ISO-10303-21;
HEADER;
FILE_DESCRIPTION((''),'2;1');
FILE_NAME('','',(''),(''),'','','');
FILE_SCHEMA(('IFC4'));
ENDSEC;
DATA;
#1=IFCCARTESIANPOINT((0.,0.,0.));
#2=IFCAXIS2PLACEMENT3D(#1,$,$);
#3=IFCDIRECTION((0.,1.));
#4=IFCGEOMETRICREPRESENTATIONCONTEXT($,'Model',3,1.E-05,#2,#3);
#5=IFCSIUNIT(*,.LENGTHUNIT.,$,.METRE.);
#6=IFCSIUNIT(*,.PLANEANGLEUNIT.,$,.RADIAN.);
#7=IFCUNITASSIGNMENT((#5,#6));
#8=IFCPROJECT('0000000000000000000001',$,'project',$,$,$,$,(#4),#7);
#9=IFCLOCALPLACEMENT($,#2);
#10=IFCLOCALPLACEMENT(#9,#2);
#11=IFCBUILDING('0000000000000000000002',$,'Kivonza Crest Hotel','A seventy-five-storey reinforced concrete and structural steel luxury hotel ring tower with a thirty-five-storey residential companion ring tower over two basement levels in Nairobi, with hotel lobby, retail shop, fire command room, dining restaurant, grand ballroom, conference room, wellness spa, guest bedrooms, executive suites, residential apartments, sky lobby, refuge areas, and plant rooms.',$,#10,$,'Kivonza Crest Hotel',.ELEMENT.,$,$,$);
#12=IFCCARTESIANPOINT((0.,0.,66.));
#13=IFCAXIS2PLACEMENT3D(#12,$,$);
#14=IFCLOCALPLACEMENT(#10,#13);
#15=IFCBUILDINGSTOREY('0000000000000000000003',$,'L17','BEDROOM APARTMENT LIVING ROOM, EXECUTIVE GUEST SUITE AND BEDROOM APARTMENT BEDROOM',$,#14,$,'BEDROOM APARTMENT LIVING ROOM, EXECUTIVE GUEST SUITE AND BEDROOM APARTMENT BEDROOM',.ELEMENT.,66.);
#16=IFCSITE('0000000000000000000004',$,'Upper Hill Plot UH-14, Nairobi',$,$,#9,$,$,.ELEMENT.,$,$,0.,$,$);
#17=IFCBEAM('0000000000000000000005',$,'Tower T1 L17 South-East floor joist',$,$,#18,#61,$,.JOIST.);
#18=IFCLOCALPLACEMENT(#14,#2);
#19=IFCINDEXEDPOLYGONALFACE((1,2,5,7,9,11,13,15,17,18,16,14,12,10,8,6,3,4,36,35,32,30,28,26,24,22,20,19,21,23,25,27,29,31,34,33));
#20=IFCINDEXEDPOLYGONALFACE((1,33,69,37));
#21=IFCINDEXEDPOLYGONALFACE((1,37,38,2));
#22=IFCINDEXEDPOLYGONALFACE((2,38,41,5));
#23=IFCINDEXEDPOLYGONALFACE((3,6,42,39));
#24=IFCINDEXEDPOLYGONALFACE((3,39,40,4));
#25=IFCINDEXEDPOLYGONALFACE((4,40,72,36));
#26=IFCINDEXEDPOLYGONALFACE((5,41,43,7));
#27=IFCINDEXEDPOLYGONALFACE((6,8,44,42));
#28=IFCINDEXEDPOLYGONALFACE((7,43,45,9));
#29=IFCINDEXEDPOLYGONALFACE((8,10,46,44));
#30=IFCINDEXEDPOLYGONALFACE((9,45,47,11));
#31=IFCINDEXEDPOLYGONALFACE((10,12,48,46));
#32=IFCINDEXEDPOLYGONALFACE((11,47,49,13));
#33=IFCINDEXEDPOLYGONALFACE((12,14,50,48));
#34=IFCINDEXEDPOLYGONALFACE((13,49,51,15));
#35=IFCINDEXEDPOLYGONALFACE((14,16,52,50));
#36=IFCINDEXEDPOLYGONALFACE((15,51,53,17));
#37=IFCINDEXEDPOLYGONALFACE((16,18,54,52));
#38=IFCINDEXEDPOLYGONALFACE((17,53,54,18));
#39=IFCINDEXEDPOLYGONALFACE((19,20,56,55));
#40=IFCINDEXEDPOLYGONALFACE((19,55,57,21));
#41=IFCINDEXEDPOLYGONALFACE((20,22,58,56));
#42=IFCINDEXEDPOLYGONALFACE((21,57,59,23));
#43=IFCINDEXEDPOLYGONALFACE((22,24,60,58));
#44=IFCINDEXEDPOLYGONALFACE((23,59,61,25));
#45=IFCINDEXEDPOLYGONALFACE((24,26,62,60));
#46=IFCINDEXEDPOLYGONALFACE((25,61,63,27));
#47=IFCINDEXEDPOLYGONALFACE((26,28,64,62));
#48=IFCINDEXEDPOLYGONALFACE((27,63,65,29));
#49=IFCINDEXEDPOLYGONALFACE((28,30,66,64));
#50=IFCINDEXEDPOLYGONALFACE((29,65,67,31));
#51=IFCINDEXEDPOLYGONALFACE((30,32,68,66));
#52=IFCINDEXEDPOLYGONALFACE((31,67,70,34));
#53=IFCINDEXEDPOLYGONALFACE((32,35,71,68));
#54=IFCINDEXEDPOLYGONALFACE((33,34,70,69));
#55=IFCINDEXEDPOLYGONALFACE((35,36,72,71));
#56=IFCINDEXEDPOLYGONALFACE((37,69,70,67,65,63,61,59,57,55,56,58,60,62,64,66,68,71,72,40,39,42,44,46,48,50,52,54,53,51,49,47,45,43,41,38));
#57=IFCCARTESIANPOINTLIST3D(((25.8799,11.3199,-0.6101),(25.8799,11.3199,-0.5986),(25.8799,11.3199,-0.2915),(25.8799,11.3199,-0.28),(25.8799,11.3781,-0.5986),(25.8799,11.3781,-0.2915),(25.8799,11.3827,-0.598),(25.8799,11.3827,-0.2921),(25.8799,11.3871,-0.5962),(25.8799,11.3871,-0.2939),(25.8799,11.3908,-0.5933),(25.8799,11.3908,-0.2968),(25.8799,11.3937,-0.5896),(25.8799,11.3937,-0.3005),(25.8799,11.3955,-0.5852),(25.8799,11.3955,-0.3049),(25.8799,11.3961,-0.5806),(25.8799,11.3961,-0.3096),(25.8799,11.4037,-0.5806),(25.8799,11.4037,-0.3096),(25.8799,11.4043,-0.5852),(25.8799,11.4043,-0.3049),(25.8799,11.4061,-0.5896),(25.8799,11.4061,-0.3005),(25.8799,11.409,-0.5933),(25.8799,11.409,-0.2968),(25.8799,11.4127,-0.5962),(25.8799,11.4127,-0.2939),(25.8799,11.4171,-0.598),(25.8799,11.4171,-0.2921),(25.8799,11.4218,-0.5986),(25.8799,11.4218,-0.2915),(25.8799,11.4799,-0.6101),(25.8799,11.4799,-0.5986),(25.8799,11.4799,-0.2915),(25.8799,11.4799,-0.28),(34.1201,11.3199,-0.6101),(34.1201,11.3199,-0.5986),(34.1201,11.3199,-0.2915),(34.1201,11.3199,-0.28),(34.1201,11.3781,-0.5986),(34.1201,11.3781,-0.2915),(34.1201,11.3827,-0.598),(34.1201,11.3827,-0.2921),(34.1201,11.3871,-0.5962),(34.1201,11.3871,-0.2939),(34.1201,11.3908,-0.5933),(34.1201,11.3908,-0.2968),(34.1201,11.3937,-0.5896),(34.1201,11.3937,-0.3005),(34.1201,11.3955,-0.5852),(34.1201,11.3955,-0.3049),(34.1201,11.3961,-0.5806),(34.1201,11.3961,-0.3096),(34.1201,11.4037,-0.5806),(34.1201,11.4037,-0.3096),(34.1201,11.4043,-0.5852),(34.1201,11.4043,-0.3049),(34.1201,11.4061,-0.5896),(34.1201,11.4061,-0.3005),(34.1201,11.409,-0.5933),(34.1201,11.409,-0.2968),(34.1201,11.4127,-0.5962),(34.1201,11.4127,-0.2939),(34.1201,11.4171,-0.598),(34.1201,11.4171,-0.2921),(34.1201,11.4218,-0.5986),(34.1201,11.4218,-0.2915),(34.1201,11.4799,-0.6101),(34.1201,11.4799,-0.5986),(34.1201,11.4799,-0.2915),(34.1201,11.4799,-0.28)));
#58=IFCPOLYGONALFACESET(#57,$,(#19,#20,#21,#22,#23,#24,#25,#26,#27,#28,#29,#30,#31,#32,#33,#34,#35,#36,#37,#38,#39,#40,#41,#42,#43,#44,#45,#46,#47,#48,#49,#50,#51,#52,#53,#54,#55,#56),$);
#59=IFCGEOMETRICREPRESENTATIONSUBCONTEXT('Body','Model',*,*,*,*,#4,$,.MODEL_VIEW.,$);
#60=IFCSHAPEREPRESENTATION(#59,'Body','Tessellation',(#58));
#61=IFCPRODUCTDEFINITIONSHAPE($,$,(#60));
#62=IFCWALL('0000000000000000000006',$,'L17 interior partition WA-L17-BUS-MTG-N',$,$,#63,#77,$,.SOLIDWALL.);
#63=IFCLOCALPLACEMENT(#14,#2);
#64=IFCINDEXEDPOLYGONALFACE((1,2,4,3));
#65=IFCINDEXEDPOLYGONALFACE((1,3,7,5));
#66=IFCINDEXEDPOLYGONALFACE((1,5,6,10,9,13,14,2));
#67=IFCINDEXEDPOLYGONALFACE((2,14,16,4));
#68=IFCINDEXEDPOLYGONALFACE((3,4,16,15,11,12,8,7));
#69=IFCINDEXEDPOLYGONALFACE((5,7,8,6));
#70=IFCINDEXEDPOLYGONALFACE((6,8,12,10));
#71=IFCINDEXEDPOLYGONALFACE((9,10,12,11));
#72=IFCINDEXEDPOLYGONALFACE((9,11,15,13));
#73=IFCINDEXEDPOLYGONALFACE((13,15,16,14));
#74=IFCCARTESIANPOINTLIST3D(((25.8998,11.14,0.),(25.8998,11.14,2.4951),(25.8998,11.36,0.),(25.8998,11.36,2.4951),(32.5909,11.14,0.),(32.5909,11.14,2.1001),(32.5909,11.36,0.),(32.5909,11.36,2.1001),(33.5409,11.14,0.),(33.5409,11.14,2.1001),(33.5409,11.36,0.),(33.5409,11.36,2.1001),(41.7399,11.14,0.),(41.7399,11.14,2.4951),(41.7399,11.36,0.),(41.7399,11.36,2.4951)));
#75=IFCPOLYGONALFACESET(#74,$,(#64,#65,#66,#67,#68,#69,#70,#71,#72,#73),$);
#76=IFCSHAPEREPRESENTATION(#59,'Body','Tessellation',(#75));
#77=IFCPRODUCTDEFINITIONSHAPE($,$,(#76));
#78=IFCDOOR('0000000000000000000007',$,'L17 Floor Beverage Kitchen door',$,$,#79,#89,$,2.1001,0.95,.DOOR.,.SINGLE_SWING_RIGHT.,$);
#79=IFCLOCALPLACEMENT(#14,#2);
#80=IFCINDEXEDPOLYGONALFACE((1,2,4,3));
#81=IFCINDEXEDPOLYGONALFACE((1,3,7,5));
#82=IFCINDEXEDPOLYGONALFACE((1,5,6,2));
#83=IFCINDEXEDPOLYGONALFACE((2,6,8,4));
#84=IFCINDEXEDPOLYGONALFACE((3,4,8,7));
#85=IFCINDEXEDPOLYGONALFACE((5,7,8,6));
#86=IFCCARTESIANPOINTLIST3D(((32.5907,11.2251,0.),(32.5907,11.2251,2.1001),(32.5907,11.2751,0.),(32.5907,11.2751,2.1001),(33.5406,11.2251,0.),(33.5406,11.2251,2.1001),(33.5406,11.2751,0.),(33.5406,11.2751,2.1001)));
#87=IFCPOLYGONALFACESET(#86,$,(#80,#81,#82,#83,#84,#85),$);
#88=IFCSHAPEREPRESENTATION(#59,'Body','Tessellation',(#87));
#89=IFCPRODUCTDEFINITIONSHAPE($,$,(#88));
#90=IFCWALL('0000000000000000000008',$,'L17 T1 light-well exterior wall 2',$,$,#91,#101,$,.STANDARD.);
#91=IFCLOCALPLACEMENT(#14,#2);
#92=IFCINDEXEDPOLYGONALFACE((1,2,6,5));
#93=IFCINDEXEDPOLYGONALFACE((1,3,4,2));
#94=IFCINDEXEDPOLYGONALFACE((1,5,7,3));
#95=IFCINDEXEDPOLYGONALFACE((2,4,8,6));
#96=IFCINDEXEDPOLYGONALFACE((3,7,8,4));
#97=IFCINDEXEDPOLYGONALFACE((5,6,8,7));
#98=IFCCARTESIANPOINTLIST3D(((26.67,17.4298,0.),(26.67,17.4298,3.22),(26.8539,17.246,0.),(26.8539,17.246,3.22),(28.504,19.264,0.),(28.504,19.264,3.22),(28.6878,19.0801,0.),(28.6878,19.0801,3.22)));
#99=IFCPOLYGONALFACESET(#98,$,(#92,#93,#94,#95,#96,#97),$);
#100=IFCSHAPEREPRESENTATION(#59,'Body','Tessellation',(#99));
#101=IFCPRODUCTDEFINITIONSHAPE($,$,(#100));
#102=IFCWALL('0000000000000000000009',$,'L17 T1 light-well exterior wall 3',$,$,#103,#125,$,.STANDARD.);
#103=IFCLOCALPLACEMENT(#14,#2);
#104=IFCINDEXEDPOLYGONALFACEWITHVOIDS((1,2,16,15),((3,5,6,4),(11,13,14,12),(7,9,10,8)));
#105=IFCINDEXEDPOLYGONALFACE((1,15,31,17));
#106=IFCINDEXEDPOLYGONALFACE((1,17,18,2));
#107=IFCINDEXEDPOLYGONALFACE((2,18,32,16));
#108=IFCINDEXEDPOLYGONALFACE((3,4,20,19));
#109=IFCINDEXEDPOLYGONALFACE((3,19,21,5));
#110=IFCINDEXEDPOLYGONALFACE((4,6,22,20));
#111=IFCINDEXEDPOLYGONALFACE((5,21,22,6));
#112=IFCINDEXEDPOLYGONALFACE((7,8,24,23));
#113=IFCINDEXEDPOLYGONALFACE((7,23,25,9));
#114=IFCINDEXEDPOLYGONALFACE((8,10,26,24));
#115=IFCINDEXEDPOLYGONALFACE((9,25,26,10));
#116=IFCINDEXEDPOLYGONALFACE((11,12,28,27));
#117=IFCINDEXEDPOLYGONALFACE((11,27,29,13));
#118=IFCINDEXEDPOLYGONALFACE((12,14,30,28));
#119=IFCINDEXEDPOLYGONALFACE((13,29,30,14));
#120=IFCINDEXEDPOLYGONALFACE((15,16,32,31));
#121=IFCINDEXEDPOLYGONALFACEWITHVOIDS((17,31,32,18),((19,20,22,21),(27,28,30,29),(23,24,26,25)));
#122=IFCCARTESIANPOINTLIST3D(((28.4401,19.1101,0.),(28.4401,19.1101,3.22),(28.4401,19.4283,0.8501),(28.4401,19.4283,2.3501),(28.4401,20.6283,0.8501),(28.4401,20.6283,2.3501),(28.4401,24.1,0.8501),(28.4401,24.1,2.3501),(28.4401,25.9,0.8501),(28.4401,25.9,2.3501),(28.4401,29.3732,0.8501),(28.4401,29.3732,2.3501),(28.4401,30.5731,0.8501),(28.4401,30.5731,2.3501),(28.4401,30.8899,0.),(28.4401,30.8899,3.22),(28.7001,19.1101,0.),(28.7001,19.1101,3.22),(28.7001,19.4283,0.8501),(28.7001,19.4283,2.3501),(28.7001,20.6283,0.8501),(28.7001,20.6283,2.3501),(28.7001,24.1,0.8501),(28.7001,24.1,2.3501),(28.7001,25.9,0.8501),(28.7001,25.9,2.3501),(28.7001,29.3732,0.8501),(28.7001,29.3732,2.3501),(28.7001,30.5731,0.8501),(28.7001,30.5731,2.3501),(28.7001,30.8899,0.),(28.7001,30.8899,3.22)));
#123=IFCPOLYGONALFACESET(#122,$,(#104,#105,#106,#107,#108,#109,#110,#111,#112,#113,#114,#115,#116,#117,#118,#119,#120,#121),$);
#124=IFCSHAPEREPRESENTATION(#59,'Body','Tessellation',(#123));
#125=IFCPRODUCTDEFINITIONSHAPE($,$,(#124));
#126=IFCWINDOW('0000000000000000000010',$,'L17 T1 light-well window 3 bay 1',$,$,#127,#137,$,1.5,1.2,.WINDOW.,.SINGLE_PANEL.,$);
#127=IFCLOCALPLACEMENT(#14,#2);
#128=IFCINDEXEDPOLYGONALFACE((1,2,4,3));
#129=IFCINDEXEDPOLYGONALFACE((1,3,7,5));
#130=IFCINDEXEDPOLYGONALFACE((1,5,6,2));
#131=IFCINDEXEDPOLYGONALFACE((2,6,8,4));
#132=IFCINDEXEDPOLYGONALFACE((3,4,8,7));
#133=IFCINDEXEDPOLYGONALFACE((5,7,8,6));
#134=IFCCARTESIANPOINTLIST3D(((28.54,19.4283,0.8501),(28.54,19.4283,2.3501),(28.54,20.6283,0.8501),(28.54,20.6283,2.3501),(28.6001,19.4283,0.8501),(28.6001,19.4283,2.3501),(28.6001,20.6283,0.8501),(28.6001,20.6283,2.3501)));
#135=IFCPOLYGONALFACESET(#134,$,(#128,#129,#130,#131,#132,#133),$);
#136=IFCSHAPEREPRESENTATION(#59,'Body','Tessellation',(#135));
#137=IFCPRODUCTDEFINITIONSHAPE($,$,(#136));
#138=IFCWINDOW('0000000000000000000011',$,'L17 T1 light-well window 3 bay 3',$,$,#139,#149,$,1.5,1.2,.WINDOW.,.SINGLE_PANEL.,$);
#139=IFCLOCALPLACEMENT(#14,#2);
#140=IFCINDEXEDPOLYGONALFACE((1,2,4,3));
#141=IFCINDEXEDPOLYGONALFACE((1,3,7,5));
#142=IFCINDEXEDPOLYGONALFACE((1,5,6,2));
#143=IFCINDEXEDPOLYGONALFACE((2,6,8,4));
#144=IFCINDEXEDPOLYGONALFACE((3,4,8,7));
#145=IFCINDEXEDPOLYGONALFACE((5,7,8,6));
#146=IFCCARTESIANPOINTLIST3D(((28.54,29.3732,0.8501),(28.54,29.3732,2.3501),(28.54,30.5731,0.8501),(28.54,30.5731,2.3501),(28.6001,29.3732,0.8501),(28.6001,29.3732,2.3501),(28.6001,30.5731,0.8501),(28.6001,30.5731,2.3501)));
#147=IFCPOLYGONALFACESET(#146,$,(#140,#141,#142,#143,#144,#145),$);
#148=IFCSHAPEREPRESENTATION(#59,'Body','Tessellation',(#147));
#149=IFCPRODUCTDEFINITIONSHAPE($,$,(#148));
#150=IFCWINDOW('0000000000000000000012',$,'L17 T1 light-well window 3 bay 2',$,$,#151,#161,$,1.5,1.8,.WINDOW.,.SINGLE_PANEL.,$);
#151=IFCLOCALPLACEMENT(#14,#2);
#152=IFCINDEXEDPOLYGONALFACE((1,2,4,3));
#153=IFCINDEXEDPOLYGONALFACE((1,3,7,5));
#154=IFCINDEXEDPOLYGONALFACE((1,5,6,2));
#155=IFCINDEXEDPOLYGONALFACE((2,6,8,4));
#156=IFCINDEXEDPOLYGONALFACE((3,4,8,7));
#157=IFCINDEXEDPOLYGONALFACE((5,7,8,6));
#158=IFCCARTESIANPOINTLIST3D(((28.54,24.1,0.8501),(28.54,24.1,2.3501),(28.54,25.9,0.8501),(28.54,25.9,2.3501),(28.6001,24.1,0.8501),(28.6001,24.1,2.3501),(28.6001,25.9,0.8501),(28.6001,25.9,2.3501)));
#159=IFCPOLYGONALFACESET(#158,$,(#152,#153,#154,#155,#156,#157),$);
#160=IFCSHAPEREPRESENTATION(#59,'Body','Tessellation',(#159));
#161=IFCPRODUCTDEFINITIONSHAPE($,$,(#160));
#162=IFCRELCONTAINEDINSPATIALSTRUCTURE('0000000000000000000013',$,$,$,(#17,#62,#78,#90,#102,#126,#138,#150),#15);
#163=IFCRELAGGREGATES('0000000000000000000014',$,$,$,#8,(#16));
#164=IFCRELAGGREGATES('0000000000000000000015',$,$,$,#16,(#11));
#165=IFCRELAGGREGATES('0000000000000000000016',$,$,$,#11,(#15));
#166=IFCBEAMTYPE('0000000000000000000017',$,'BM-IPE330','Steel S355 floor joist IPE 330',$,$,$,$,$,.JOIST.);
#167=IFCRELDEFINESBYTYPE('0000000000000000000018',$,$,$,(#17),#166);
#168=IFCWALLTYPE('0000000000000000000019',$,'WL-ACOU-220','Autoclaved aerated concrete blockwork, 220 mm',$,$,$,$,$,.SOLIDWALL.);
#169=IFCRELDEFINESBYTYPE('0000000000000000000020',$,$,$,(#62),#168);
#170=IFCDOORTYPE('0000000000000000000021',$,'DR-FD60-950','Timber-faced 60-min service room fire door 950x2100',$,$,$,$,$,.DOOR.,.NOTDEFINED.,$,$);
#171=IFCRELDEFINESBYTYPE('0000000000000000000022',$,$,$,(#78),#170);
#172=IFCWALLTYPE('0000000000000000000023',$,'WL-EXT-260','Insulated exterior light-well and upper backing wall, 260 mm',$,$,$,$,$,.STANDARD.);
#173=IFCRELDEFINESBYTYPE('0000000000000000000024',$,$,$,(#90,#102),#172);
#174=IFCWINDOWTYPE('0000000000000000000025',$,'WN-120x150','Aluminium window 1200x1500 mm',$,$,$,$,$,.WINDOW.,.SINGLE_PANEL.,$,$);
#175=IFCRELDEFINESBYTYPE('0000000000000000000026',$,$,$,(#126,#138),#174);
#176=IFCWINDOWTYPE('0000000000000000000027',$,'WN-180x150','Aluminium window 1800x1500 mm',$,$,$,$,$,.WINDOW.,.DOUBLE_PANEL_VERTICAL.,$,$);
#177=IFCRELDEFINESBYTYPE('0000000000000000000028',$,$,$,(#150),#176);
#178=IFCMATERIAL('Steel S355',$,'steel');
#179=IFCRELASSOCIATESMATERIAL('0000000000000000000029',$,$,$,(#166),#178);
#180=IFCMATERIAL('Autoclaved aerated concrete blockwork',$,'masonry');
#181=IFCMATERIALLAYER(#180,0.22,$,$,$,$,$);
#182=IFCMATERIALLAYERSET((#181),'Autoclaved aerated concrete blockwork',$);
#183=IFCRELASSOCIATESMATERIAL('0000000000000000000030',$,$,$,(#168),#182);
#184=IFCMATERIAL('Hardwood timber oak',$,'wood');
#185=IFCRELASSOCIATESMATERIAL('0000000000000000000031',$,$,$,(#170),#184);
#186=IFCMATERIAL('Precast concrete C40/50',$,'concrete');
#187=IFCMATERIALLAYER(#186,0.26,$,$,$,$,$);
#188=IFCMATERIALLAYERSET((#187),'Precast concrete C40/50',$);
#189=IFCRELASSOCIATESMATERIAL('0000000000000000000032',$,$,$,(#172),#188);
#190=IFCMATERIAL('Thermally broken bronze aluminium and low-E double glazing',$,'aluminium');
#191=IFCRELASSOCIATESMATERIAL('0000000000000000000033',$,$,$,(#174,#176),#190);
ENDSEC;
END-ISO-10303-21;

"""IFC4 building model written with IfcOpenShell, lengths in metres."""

from ifc_helpers import new_model, si_unit, direction, frame, frame_2d, origin, origin_2d, place, context, subcontext, project, spatial, rectangle, i_section, extrude, material, layer, layer_set, material_profile, profile_set, type_object, element, fill, save


model = new_model("IFC4")

# Units and contexts
model_context = context("Model", 3, precision=1e-05, world=origin(), true_north=direction((0.0, 1.0)))
body_context = subcontext(model_context, "Body", "Model", "MODEL_VIEW")
ifc_project = project(units=[si_unit("LENGTHUNIT", "METRE"), si_unit("PLANEANGLEUNIT", "RADIAN")], contexts=[model_context])

# Site, building, storey
site_placement = place(None, origin())
site = spatial("IfcSite", under=ifc_project, at=site_placement, Name="Upper Hill Plot UH-14, Nairobi", CompositionType="ELEMENT", RefElevation=0.0)
building_placement = place(site_placement, origin())
building = spatial("IfcBuilding", under=site, at=building_placement, Name="Kivonza Crest Hotel", Description="A seventy-five-storey reinforced concrete and structural steel luxury hotel ring tower with a thirty-five-storey residential companion ring tower over two basement levels in Nairobi, with hotel lobby, retail shop, fire command room, dining restaurant, grand ballroom, conference room, wellness spa, guest bedrooms, executive suites, residential apartments, sky lobby, refuge areas, and plant rooms.", LongName="Kivonza Crest Hotel", CompositionType="ELEMENT")
storey_placement = place(building_placement, frame((0.0, 0.0, 66.0)))
storey = spatial("IfcBuildingStorey", under=building, at=storey_placement, Name="L17", Description="BEDROOM APARTMENT LIVING ROOM, EXECUTIVE GUEST SUITE AND BEDROOM APARTMENT BEDROOM", LongName="BEDROOM APARTMENT LIVING ROOM, EXECUTIVE GUEST SUITE AND BEDROOM APARTMENT BEDROOM", CompositionType="ELEMENT", Elevation=66.0)

# Beam
ifc_material_1 = material(Name="Steel S355", Category="steel")
ifc_material_profile_1 = material_profile(ifc_material_1, i_section(OverallWidth=0.1599, OverallDepth=0.3301, WebThickness=0.0076, FlangeThickness=0.0115, FilletRadius=0.0181, at=origin_2d()), Name="IPE 330")
ifc_profile_set_1 = profile_set([ifc_material_profile_1], Name="Steel S355")
beam_type_1 = type_object("IfcBeamType", Name="BM-IPE330", Description="Steel S355 floor joist IPE 330", PredefinedType="JOIST", material=ifc_profile_set_1)
beam_1_placement = place(storey_placement, frame((25.8799, 11.3999, -0.4451), z_axis=(1.0, 0.0, 0.0), x_axis=(0.0, 1.0, 0.0)))
element("IfcBeam", 1, at=beam_1_placement, inside=storey, type_object=beam_type_1, Name="Tower T1 L17 South-East floor joist", PredefinedType="JOIST", context=body_context, shape_type="SweptSolid", body=[
    extrude(i_section(OverallWidth=0.1599, OverallDepth=0.3301, WebThickness=0.0076, FlangeThickness=0.0115, FilletRadius=0.0181, at=origin_2d()), origin(), (0.0, 0.0, 1.0), 8.2402),
])

# Wall, opening, door
ifc_material_2 = material(Name="Autoclaved aerated concrete blockwork", Category="masonry")
ifc_layer_1 = layer(ifc_material_2, 0.22)
ifc_layer_set_1 = layer_set([ifc_layer_1], Name="Autoclaved aerated concrete blockwork")
wall_type_1 = type_object("IfcWallType", Name="WL-ACOU-220", Description="Autoclaved aerated concrete blockwork, 220 mm", PredefinedType="SOLIDWALL", material=ifc_layer_set_1)
wall_1_placement = place(storey_placement, frame((25.8999, 11.25, 0.0), z_axis=(0.0, 0.0, 1.0), x_axis=(1.0, 0.0, 0.0)))
wall_1 = element("IfcWall", 2, at=wall_1_placement, inside=storey, type_object=wall_type_1, Name="L17 interior partition WA-L17-BUS-MTG-N", PredefinedType="SOLIDWALL", context=body_context, shape_type="SweptSolid", body=[
    extrude(rectangle(XDim=15.8401, YDim=0.22, at=frame_2d((7.9199, 0.0))), origin(), (0.0, 0.0, 1.0), 2.4951),
])
opening_1_placement = place(wall_1_placement, frame((6.6909, 0.0, 0.0)))
opening_1 = element("IfcOpeningElement", 3, at=opening_1_placement, cuts=wall_1, PredefinedType="OPENING", context=body_context, shape_type="SweptSolid", body=[
    extrude(rectangle(XDim=0.95, YDim=2.1001, at=frame_2d((0.4751, 1.05))), frame((0.0, 0.1201, 0.0), z_axis=(0.0, -1.0, 0.0), x_axis=(1.0, 0.0, 0.0)), (0.0, 0.0, 1.0), 0.24),
])
ifc_material_3 = material(Name="Hardwood timber oak", Category="wood")
door_type_1 = type_object("IfcDoorType", Name="DR-FD60-950", Description="Timber-faced 60-min service room fire door 950x2100", OperationType="NOTDEFINED", PredefinedType="DOOR", material=ifc_material_3)
door_1_placement = place(opening_1_placement, frame((0.95, 0.0, 0.0), z_axis=(0.0, 0.0, 1.0), x_axis=(-1.0, 0.0, 0.0)))
door_1 = element("IfcDoor", 4, at=door_1_placement, inside=storey, type_object=door_type_1, Name="L17 Floor Beverage Kitchen door", OperationType="SINGLE_SWING_RIGHT", OverallHeight=2.1001, OverallWidth=0.95, PredefinedType="DOOR", context=body_context, shape_type="SweptSolid", body=[
    extrude(rectangle(XDim=0.95, YDim=2.1001, at=frame_2d((0.4751, 1.05))), frame((0.0, 0.0249, 0.0), z_axis=(0.0, -1.0, 0.0), x_axis=(1.0, 0.0, 0.0)), (0.0, 0.0, 1.0), 0.05),
])
fill(opening_1, door_1)

# Wall
ifc_material_4 = material(Name="Precast concrete C40/50", Category="concrete")
ifc_layer_2 = layer(ifc_material_4, 0.26)
ifc_layer_set_2 = layer_set([ifc_layer_2], Name="Precast concrete C40/50")
wall_type_2 = type_object("IfcWallType", Name="WL-EXT-260", Description="Insulated exterior light-well and upper backing wall, 260 mm", PredefinedType="STANDARD", material=ifc_layer_set_2)
wall_2_placement = place(storey_placement, frame((26.762, 17.3379, 0.0), z_axis=(0.0, 0.0, 1.0), x_axis=(0.70706, 0.707154, 0.0)))
element("IfcWall", 5, at=wall_2_placement, inside=storey, type_object=wall_type_2, Name="L17 T1 light-well exterior wall 2", PredefinedType="STANDARD", context=body_context, shape_type="SweptSolid", body=[
    extrude(rectangle(XDim=2.5938, YDim=0.26, at=frame_2d((1.2969, 0.0))), origin(), (0.0, 0.0, 1.0), 3.22),
])

# Wall, openings, windows
wall_3_placement = place(storey_placement, frame((28.5701, 19.1101, 0.0), z_axis=(0.0, 0.0, 1.0), x_axis=(0.0, 1.0, 0.0)))
wall_3 = element("IfcWall", 6, at=wall_3_placement, inside=storey, type_object=wall_type_2, Name="L17 T1 light-well exterior wall 3", PredefinedType="STANDARD", context=body_context, shape_type="SweptSolid", body=[
    extrude(rectangle(XDim=11.7798, YDim=0.26, at=frame_2d((5.8899, 0.0))), origin(), (0.0, 0.0, 1.0), 3.22),
])
opening_2_placement = place(wall_3_placement, frame((0.3181, 0.0, 0.8501)))
opening_2 = element("IfcOpeningElement", 7, at=opening_2_placement, cuts=wall_3, PredefinedType="OPENING", context=body_context, shape_type="SweptSolid", body=[
    extrude(rectangle(XDim=1.2, YDim=1.5, at=frame_2d((0.6001, 0.75))), frame((0.0, 0.1401, 0.0), z_axis=(0.0, -1.0, 0.0), x_axis=(1.0, 0.0, 0.0)), (0.0, 0.0, 1.0), 0.28),
])
opening_3_placement = place(wall_3_placement, frame((4.99, 0.0, 0.8501)))
opening_3 = element("IfcOpeningElement", 8, at=opening_3_placement, cuts=wall_3, PredefinedType="OPENING", context=body_context, shape_type="SweptSolid", body=[
    extrude(rectangle(XDim=1.8, YDim=1.5, at=frame_2d((0.8999, 0.75))), frame((0.0, 0.1401, 0.0), z_axis=(0.0, -1.0, 0.0), x_axis=(1.0, 0.0, 0.0)), (0.0, 0.0, 1.0), 0.28),
])
opening_4_placement = place(wall_3_placement, frame((10.2629, 0.0, 0.8501)))
opening_4 = element("IfcOpeningElement", 9, at=opening_4_placement, cuts=wall_3, PredefinedType="OPENING", context=body_context, shape_type="SweptSolid", body=[
    extrude(rectangle(XDim=1.2, YDim=1.5, at=frame_2d((0.6001, 0.75))), frame((0.0, 0.1401, 0.0), z_axis=(0.0, -1.0, 0.0), x_axis=(1.0, 0.0, 0.0)), (0.0, 0.0, 1.0), 0.28),
])
ifc_material_5 = material(Name="Thermally broken bronze aluminium and low-E double glazing", Category="aluminium")
window_type_1 = type_object("IfcWindowType", Name="WN-120x150", Description="Aluminium window 1200x1500 mm", PartitioningType="SINGLE_PANEL", PredefinedType="WINDOW", material=ifc_material_5)
window_1_placement = place(opening_2_placement, origin())
window_1 = element("IfcWindow", 10, at=window_1_placement, inside=storey, type_object=window_type_1, Name="L17 T1 light-well window 3 bay 1", OverallHeight=1.5, OverallWidth=1.2, PartitioningType="SINGLE_PANEL", PredefinedType="WINDOW", context=body_context, shape_type="SweptSolid", body=[
    extrude(rectangle(XDim=1.2, YDim=1.5, at=frame_2d((0.6001, 0.75))), frame((0.0, 0.03, 0.0), z_axis=(0.0, -1.0, 0.0), x_axis=(1.0, 0.0, 0.0)), (0.0, 0.0, 1.0), 0.0601),
])
fill(opening_2, window_1)
window_2_placement = place(opening_4_placement, origin())
window_2 = element("IfcWindow", 11, at=window_2_placement, inside=storey, type_object=window_type_1, Name="L17 T1 light-well window 3 bay 3", OverallHeight=1.5, OverallWidth=1.2, PartitioningType="SINGLE_PANEL", PredefinedType="WINDOW", context=body_context, shape_type="SweptSolid", body=[
    extrude(rectangle(XDim=1.2, YDim=1.5, at=frame_2d((0.6001, 0.75))), frame((0.0, 0.03, 0.0), z_axis=(0.0, -1.0, 0.0), x_axis=(1.0, 0.0, 0.0)), (0.0, 0.0, 1.0), 0.0601),
])
fill(opening_4, window_2)
window_type_2 = type_object("IfcWindowType", Name="WN-180x150", Description="Aluminium window 1800x1500 mm", PartitioningType="DOUBLE_PANEL_VERTICAL", PredefinedType="WINDOW", material=ifc_material_5)
window_3_placement = place(opening_3_placement, origin())
window_3 = element("IfcWindow", 12, at=window_3_placement, inside=storey, type_object=window_type_2, Name="L17 T1 light-well window 3 bay 2", OverallHeight=1.5, OverallWidth=1.8, PartitioningType="SINGLE_PANEL", PredefinedType="WINDOW", context=body_context, shape_type="SweptSolid", body=[
    extrude(rectangle(XDim=1.8, YDim=1.5, at=frame_2d((0.8999, 0.75))), frame((0.0, 0.03, 0.0), z_axis=(0.0, -1.0, 0.0), x_axis=(1.0, 0.0, 0.0)), (0.0, 0.0, 1.0), 0.0601),
])
fill(opening_3, window_3)

save(model, "model.ifc")
